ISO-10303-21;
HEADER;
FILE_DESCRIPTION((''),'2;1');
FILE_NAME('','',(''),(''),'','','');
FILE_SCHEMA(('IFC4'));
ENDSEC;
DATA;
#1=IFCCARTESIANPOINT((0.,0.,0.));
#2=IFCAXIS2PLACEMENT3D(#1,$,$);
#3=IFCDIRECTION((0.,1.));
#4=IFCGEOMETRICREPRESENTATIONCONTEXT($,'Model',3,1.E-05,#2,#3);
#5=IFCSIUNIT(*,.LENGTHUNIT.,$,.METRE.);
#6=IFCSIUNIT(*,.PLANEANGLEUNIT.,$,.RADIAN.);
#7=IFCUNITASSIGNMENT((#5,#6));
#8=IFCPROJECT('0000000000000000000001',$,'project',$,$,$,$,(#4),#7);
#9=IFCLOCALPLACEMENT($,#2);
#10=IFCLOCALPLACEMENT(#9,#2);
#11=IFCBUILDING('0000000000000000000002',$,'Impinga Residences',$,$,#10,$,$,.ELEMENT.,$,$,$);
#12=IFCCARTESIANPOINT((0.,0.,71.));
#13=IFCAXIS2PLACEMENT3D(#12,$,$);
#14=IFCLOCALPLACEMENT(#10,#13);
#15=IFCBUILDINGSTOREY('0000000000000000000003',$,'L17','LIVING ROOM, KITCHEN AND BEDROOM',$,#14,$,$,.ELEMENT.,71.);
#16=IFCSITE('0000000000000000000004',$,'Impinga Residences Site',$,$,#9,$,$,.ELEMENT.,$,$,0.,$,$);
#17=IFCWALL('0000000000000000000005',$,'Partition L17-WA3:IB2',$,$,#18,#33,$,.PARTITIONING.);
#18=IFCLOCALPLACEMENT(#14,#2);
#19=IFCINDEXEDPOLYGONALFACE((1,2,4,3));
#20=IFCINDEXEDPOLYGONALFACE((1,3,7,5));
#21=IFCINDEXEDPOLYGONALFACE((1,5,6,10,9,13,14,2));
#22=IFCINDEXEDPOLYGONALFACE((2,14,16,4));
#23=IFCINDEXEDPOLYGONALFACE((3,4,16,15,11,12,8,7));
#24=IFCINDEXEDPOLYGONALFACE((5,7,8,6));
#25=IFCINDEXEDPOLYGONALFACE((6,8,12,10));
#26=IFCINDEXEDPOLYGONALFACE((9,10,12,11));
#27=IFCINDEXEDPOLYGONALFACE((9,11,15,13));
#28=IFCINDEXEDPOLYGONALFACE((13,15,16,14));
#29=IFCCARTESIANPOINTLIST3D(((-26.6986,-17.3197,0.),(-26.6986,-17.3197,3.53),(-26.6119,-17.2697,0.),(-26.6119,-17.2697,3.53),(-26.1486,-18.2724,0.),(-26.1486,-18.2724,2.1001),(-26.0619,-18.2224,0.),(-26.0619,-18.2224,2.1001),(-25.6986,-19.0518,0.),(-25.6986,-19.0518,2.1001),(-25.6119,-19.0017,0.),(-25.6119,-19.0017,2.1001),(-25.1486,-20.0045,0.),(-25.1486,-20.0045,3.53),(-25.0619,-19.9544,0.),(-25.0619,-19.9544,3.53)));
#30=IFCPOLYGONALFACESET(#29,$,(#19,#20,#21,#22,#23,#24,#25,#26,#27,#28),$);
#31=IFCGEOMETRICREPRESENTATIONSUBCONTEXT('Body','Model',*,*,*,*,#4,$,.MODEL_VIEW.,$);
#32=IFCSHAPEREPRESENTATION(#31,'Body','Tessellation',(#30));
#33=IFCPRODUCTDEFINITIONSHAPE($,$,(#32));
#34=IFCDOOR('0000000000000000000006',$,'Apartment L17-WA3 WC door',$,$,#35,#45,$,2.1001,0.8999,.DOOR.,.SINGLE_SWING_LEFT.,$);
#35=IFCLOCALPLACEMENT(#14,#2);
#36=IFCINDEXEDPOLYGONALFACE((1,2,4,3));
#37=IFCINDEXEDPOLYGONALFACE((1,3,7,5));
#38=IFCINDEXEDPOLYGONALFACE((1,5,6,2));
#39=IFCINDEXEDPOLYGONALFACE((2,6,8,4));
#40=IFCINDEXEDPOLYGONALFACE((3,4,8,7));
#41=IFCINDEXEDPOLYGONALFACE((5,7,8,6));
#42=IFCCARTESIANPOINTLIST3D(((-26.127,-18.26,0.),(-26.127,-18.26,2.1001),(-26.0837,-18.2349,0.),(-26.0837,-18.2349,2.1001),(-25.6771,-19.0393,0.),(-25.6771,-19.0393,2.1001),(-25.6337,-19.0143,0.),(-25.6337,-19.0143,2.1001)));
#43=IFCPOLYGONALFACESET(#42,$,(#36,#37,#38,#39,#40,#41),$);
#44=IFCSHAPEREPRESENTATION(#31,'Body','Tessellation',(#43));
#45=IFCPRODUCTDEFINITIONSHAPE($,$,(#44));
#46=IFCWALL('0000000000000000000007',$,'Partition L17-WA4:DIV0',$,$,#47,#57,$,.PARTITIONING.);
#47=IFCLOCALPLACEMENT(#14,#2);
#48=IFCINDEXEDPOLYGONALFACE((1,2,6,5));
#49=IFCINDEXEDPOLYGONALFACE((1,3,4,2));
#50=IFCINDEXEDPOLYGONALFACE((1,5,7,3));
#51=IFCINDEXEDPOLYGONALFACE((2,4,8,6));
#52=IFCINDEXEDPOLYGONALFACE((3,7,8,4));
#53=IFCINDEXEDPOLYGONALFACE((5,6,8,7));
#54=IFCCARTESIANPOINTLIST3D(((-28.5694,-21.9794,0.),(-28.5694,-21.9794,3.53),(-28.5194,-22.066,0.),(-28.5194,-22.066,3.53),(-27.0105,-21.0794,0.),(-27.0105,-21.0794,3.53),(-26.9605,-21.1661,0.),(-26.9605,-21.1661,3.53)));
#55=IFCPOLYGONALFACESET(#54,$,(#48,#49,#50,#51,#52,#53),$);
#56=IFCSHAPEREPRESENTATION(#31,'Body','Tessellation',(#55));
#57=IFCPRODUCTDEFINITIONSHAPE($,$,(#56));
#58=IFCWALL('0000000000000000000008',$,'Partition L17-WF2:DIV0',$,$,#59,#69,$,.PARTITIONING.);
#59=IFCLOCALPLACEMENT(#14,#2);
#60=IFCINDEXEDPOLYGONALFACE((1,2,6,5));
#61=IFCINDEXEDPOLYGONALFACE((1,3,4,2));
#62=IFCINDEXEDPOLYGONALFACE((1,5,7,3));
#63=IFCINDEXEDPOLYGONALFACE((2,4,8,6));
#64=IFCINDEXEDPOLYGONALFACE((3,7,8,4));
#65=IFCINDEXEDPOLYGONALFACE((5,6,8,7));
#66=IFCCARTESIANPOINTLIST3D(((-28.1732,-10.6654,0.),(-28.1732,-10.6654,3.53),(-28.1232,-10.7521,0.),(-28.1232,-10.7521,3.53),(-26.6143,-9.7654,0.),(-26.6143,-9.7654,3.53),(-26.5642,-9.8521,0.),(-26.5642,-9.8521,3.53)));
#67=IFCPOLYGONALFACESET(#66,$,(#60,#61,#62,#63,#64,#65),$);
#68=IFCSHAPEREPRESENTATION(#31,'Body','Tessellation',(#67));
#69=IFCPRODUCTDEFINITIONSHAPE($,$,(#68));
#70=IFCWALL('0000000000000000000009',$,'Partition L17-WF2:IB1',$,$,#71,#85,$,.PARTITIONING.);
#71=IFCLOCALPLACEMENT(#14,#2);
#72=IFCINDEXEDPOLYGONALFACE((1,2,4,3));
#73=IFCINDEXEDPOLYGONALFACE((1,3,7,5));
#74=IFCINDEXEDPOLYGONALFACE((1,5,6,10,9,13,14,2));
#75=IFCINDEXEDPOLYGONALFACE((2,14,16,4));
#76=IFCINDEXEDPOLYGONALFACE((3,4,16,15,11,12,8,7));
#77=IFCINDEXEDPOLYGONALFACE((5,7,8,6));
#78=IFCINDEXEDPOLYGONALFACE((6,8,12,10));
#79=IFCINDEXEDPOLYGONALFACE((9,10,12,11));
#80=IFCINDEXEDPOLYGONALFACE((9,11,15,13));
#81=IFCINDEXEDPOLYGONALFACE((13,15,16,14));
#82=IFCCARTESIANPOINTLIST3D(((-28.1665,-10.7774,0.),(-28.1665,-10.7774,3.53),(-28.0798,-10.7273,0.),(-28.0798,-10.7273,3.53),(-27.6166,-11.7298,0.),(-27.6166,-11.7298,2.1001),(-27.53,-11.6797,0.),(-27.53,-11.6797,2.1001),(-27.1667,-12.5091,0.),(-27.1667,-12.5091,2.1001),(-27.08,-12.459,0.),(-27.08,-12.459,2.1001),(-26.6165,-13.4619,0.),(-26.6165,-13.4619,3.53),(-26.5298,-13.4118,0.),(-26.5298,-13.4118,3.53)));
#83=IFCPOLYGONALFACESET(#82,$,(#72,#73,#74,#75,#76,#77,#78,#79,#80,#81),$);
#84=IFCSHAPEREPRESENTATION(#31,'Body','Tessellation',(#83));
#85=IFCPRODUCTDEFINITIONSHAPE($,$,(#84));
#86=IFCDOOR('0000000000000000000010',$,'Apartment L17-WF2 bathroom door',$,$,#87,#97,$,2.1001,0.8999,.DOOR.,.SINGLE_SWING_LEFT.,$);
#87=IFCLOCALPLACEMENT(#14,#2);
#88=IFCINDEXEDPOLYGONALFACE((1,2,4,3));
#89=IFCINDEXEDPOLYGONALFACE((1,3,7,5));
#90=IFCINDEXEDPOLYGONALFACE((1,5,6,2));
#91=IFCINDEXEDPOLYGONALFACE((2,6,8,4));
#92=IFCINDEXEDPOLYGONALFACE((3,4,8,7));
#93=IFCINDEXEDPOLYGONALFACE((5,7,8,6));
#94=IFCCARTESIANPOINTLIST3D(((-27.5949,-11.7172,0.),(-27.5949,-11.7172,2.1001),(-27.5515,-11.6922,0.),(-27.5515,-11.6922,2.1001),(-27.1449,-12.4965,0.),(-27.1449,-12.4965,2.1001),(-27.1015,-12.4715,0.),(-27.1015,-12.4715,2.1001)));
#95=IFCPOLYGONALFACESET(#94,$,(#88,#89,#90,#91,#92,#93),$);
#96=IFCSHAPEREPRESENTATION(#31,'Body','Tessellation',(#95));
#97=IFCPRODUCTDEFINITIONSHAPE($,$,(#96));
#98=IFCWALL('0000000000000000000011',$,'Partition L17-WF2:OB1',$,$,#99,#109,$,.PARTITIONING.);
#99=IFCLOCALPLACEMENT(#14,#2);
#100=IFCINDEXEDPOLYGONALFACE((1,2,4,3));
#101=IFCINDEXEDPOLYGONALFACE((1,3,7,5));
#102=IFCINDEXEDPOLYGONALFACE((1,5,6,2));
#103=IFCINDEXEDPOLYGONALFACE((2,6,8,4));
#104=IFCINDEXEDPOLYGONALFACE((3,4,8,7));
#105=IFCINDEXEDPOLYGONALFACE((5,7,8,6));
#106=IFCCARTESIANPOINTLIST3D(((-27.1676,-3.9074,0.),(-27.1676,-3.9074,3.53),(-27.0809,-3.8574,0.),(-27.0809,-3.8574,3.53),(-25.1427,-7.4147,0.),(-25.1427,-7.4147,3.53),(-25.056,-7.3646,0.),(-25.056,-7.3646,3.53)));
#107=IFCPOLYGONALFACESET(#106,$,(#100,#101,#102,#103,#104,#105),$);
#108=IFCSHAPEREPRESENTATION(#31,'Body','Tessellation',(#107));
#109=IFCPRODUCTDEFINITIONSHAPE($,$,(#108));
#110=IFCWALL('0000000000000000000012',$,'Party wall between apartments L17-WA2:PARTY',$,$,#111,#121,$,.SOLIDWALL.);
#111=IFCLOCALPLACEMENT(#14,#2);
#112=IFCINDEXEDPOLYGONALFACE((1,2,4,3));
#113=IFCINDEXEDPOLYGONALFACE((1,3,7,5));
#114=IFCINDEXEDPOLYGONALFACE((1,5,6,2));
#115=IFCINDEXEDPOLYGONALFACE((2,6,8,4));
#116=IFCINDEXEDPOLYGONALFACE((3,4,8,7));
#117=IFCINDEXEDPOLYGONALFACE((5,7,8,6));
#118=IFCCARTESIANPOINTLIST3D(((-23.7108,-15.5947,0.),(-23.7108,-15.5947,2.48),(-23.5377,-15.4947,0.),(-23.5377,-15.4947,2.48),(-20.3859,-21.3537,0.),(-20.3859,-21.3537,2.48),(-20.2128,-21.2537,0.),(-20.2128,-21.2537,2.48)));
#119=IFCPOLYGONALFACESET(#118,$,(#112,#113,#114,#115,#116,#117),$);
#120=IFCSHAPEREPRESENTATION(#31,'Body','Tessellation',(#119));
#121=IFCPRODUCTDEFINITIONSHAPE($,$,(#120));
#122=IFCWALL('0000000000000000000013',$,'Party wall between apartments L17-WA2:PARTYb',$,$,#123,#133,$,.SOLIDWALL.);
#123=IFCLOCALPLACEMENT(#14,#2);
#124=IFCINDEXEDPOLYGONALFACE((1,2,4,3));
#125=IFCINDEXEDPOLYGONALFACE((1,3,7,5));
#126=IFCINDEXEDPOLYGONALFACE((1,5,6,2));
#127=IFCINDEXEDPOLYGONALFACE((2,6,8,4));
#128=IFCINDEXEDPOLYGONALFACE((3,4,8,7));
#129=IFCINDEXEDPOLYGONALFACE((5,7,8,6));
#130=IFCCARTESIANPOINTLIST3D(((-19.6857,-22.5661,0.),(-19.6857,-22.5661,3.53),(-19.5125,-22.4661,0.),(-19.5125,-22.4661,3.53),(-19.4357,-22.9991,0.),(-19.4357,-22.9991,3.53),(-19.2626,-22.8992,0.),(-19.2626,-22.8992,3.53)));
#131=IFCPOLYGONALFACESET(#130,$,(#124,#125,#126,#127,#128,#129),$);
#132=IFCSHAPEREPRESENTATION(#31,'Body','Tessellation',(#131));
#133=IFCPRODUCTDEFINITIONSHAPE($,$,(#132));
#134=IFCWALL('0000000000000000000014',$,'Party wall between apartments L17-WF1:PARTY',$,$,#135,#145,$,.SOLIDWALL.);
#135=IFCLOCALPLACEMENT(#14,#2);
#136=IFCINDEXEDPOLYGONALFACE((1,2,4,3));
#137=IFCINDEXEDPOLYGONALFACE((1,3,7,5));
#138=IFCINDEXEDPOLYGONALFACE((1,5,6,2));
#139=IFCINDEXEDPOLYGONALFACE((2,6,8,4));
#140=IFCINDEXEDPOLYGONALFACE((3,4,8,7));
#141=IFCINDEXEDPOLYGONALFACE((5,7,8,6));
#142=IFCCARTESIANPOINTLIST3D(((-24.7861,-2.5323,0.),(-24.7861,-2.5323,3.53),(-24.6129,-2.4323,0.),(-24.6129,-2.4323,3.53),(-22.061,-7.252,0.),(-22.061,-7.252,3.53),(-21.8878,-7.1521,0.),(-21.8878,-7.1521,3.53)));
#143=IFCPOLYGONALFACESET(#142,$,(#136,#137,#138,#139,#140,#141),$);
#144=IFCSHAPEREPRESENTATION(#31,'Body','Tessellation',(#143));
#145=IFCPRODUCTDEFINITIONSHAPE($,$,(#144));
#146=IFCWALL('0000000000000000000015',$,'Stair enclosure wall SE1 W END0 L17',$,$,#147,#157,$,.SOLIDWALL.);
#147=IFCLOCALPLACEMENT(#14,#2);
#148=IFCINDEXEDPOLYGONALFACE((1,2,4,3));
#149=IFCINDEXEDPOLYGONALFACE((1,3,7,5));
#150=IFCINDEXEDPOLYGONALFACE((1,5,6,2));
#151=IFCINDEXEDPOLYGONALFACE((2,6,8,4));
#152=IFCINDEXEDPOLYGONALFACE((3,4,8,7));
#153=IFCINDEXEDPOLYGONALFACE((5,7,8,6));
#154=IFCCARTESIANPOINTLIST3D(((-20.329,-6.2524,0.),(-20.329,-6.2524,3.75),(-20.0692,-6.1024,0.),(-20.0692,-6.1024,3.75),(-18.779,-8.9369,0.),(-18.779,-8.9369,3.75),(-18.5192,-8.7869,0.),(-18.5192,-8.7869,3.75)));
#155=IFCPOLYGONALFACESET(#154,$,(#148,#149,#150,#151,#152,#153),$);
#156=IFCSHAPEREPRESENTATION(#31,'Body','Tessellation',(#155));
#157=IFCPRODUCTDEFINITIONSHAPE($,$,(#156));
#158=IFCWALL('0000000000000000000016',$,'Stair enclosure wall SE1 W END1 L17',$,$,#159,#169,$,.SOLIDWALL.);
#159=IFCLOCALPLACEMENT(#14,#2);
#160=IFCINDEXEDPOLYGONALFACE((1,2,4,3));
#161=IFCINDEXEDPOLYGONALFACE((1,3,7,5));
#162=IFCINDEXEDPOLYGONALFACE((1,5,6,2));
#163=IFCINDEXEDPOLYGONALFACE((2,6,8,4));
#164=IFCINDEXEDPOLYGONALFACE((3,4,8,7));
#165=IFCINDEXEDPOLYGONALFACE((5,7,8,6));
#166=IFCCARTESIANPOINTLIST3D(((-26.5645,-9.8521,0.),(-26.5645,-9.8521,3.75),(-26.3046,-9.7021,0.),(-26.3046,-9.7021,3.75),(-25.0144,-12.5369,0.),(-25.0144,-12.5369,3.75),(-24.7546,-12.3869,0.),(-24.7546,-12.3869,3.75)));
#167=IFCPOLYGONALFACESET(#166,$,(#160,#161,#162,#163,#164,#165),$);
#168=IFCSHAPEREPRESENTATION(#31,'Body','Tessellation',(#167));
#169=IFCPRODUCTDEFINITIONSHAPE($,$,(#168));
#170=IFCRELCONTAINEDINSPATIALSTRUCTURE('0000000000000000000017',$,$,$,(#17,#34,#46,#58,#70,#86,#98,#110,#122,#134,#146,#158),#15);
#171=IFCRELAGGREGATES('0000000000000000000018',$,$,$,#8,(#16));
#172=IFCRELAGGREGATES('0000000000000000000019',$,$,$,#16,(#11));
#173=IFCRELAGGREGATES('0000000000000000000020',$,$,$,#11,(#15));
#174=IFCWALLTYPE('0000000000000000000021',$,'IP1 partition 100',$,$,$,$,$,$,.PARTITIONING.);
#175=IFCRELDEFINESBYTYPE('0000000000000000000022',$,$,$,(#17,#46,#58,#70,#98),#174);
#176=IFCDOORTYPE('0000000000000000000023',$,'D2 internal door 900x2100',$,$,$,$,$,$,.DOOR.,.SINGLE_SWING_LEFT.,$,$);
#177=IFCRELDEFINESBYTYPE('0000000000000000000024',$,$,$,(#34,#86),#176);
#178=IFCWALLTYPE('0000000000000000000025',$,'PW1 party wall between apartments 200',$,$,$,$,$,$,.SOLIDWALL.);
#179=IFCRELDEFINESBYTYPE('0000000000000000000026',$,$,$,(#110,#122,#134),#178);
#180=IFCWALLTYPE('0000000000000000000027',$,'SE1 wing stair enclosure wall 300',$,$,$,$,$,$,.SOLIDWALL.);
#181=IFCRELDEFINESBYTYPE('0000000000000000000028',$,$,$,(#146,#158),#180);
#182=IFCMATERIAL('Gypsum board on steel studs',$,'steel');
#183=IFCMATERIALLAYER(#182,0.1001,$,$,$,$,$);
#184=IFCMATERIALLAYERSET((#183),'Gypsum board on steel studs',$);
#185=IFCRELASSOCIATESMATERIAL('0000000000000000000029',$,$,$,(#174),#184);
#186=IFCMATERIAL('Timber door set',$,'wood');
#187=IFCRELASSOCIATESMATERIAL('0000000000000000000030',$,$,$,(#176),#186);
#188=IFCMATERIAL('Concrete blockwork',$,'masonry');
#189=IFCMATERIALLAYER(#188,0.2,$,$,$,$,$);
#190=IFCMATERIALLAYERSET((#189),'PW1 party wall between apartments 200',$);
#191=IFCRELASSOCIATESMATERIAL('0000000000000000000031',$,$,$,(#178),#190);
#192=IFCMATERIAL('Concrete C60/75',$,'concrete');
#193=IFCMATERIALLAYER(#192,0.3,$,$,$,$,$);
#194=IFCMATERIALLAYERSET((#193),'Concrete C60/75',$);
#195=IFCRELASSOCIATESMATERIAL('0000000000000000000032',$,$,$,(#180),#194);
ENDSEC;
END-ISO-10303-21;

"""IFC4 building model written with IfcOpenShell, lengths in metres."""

from ifc_helpers import new_model, si_unit, direction, frame, frame_2d, origin, place, context, subcontext, project, spatial, rectangle, extrude, material, layer, layer_set, type_object, element, fill, save


model = new_model("IFC4")

# Units and contexts
model_context = context("Model", 3, precision=1e-05, world=origin(), true_north=direction((0.0, 1.0)))
body_context = subcontext(model_context, "Body", "Model", "MODEL_VIEW")
ifc_project = project(units=[si_unit("LENGTHUNIT", "METRE"), si_unit("PLANEANGLEUNIT", "RADIAN")], contexts=[model_context])

# Site, building, storey
site_placement = place(None, origin())
site = spatial("IfcSite", under=ifc_project, at=site_placement, Name="Impinga Residences Site", CompositionType="ELEMENT", RefElevation=0.0)
building_placement = place(site_placement, origin())
building = spatial("IfcBuilding", under=site, at=building_placement, Name="Impinga Residences", CompositionType="ELEMENT")
storey_placement = place(building_placement, frame((0.0, 0.0, 71.0)))
storey = spatial("IfcBuildingStorey", under=building, at=storey_placement, Name="L17", Description="LIVING ROOM, KITCHEN AND BEDROOM", CompositionType="ELEMENT", Elevation=71.0)

# Shared definitions
ifc_material_1 = material(Name="Concrete C60/75", Category="concrete")

# Shared definitions
ifc_material_2 = material(Name="Gypsum board on steel studs", Category="steel")
ifc_layer_1 = layer(ifc_material_2, 0.1001)
ifc_layer_set_1 = layer_set([ifc_layer_1], Name="Gypsum board on steel studs")
wall_type_1 = type_object("IfcWallType", Name="IP1 partition 100", PredefinedType="PARTITIONING", material=ifc_layer_set_1)

# Shared definitions
ifc_material_3 = material(Name="Timber door set", Category="wood")
door_type = type_object("IfcDoorType", Name="D2 internal door 900x2100", OperationType="SINGLE_SWING_LEFT", PredefinedType="DOOR", material=ifc_material_3)

# Wall, opening, door
wall_1_placement = place(storey_placement, frame((-26.6553, -17.2947, 0.0), z_axis=(0.0, 0.0, 1.0), x_axis=(0.499993, -0.86603, 0.0)))
wall_1 = element("IfcWall", 1, at=wall_1_placement, inside=storey, type_object=wall_type_1, Name="Partition L17-WA3:IB2", PredefinedType="PARTITIONING", context=body_context, shape_type="SweptSolid", body=[
    extrude(rectangle(XDim=3.1001, YDim=0.1001, at=frame_2d((1.55, 0.0))), origin(), (0.0, 0.0, 1.0), 3.53),
])
opening_1_placement = place(wall_1_placement, frame((1.1001, 0.0, 0.0)))
opening_1 = element("IfcOpeningElement", 2, at=opening_1_placement, cuts=wall_1, PredefinedType="OPENING", context=body_context, shape_type="SweptSolid", body=[
    extrude(rectangle(XDim=0.8999, YDim=2.1001, at=frame_2d((0.45, 1.05))), frame((0.0, 0.0601, 0.0), z_axis=(0.0, -1.0, 0.0), x_axis=(1.0, 0.0, 0.0)), (0.0, 0.0, 1.0), 0.1201),
])
door_1_placement = place(opening_1_placement, origin())
door_1 = element("IfcDoor", 3, at=door_1_placement, inside=storey, type_object=door_type, Name="Apartment L17-WA3 WC door", OperationType="SINGLE_SWING_LEFT", OverallHeight=2.1001, OverallWidth=0.8999, PredefinedType="DOOR", context=body_context, shape_type="SweptSolid", body=[
    extrude(rectangle(XDim=0.8999, YDim=2.1001, at=frame_2d((0.45, 1.05))), frame((0.0, 0.0249, 0.0), z_axis=(0.0, -1.0, 0.0), x_axis=(1.0, 0.0, 0.0)), (0.0, 0.0, 1.0), 0.05),
])
fill(opening_1, door_1)

# Walls
for number, where, z_axis, x_axis, name in (
    (4, (-26.9856, -21.1228, 0.0), (0.0, 0.0, 1.0), (-0.866048, -0.499961, 0.0), "Partition L17-WA4:DIV0"),
    (5, (-26.5894, -9.8088, 0.0), (0.0, 0.0, 1.0), (-0.866048, -0.499961, 0.0), "Partition L17-WF2:DIV0"),
):
    element("IfcWall", number, at=place(storey_placement, frame(where, z_axis=z_axis, x_axis=x_axis)), inside=storey, type_object=wall_type_1, Name=name, PredefinedType="PARTITIONING", context=body_context, shape_type="SweptSolid", body=[
        extrude(rectangle(XDim=1.8, YDim=0.1001, at=frame_2d((0.8999, 0.0))), origin(), (0.0, 0.0, 1.0), 3.53),
    ])

# Wall, opening, door
wall_2_placement = place(storey_placement, frame((-26.5732, -13.4368, 0.0), z_axis=(0.0, 0.0, 1.0), x_axis=(-0.500027, 0.86601, 0.0)))
wall_2 = element("IfcWall", 6, at=wall_2_placement, inside=storey, type_object=wall_type_1, Name="Partition L17-WF2:IB1", PredefinedType="PARTITIONING", context=body_context, shape_type="SweptSolid", body=[
    extrude(rectangle(XDim=3.0999, YDim=0.1001, at=frame_2d((1.5498, 0.0))), origin(), (0.0, 0.0, 1.0), 3.53),
])
opening_2_placement = place(wall_2_placement, frame((1.1001, 0.0, 0.0)))
opening_2 = element("IfcOpeningElement", 7, at=opening_2_placement, cuts=wall_2, PredefinedType="OPENING", context=body_context, shape_type="SweptSolid", body=[
    extrude(rectangle(XDim=0.8999, YDim=2.1001, at=frame_2d((0.45, 1.05))), frame((0.0, 0.0601, 0.0), z_axis=(0.0, -1.0, 0.0), x_axis=(1.0, 0.0, 0.0)), (0.0, 0.0, 1.0), 0.1201),
])
door_2_placement = place(opening_2_placement, origin())
door_2 = element("IfcDoor", 8, at=door_2_placement, inside=storey, type_object=door_type, Name="Apartment L17-WF2 bathroom door", OperationType="SINGLE_SWING_LEFT", OverallHeight=2.1001, OverallWidth=0.8999, PredefinedType="DOOR", context=body_context, shape_type="SweptSolid", body=[
    extrude(rectangle(XDim=0.8999, YDim=2.1001, at=frame_2d((0.45, 1.05))), frame((0.0, 0.0249, 0.0), z_axis=(0.0, -1.0, 0.0), x_axis=(1.0, 0.0, 0.0)), (0.0, 0.0, 1.0), 0.05),
])
fill(opening_2, door_2)

# Walls
wall_3_placement = place(storey_placement, frame((-25.0994, -7.3896, 0.0), z_axis=(0.0, 0.0, 1.0), x_axis=(-0.49999, 0.866031, 0.0)))
element("IfcWall", 9, at=wall_3_placement, inside=storey, type_object=wall_type_1, Name="Partition L17-WF2:OB1", PredefinedType="PARTITIONING", context=body_context, shape_type="SweptSolid", body=[
    extrude(rectangle(XDim=4.0498, YDim=0.1001, at=frame_2d((2.0249, 0.0))), origin(), (0.0, 0.0, 1.0), 3.53),
])
ifc_material_4 = material(Name="Concrete blockwork", Category="masonry")
ifc_layer_2 = layer(ifc_material_4, 0.2)
ifc_layer_set_2 = layer_set([ifc_layer_2], Name="PW1 party wall between apartments 200")
wall_type_2 = type_object("IfcWallType", Name="PW1 party wall between apartments 200", PredefinedType="SOLIDWALL", material=ifc_layer_set_2)
wall_4_placement = place(storey_placement, frame((-23.6243, -15.5447, 0.0), z_axis=(0.0, 0.0, 1.0), x_axis=(0.499997, -0.866027, 0.0)))
element("IfcWall", 10, at=wall_4_placement, inside=storey, type_object=wall_type_2, Name="Party wall between apartments L17-WA2:PARTY", PredefinedType="SOLIDWALL", context=body_context, shape_type="SweptSolid", body=[
    extrude(rectangle(XDim=6.6499, YDim=0.2, at=frame_2d((3.325, 0.0))), origin(), (0.0, 0.0, 1.0), 2.48),
])
wall_5_placement = place(storey_placement, frame((-19.5991, -22.5161, 0.0), z_axis=(0.0, 0.0, 1.0), x_axis=(0.49992, -0.866072, 0.0)))
element("IfcWall", 11, at=wall_5_placement, inside=storey, type_object=wall_type_2, Name="Party wall between apartments L17-WA2:PARTYb", PredefinedType="SOLIDWALL", context=body_context, shape_type="SweptSolid", body=[
    extrude(rectangle(XDim=0.5, YDim=0.2, at=frame_2d((0.25, 0.0))), origin(), (0.0, 0.0, 1.0), 3.53),
])
wall_6_placement = place(storey_placement, frame((-21.9744, -7.2021, 0.0), z_axis=(0.0, 0.0, 1.0), x_axis=(-0.500022, 0.866013, 0.0)))
element("IfcWall", 12, at=wall_6_placement, inside=storey, type_object=wall_type_2, Name="Party wall between apartments L17-WF1:PARTY", PredefinedType="SOLIDWALL", context=body_context, shape_type="SweptSolid", body=[
    extrude(rectangle(XDim=5.45, YDim=0.2, at=frame_2d((2.7251, 0.0))), origin(), (0.0, 0.0, 1.0), 3.53),
])
ifc_layer_3 = layer(ifc_material_1, 0.3)
ifc_layer_set_3 = layer_set([ifc_layer_3], Name="Concrete C60/75")
wall_type_3 = type_object("IfcWallType", Name="SE1 wing stair enclosure wall 300", PredefinedType="SOLIDWALL", material=ifc_layer_set_3)
wall_7_placement = place(storey_placement, frame((-18.6492, -8.8618, 0.0), z_axis=(0.0, 0.0, 1.0), x_axis=(-0.500027, 0.86601, 0.0)))
element("IfcWall", 13, at=wall_7_placement, inside=storey, type_object=wall_type_3, Name="Stair enclosure wall SE1 W END0 L17", PredefinedType="SOLIDWALL", context=body_context, shape_type="SweptSolid", body=[
    extrude(rectangle(XDim=3.0999, YDim=0.3, at=frame_2d((1.5498, 0.0))), origin(), (0.0, 0.0, 1.0), 3.75),
])
wall_8_placement = place(storey_placement, frame((-24.8845, -12.4619, 0.0), z_axis=(0.0, 0.0, 1.0), x_axis=(-0.499993, 0.86603, 0.0)))
element("IfcWall", 14, at=wall_8_placement, inside=storey, type_object=wall_type_3, Name="Stair enclosure wall SE1 W END1 L17", PredefinedType="SOLIDWALL", context=body_context, shape_type="SweptSolid", body=[
    extrude(rectangle(XDim=3.1001, YDim=0.3, at=frame_2d((1.55, 0.0))), origin(), (0.0, 0.0, 1.0), 3.75),
])

save(model, "model.ifc")
